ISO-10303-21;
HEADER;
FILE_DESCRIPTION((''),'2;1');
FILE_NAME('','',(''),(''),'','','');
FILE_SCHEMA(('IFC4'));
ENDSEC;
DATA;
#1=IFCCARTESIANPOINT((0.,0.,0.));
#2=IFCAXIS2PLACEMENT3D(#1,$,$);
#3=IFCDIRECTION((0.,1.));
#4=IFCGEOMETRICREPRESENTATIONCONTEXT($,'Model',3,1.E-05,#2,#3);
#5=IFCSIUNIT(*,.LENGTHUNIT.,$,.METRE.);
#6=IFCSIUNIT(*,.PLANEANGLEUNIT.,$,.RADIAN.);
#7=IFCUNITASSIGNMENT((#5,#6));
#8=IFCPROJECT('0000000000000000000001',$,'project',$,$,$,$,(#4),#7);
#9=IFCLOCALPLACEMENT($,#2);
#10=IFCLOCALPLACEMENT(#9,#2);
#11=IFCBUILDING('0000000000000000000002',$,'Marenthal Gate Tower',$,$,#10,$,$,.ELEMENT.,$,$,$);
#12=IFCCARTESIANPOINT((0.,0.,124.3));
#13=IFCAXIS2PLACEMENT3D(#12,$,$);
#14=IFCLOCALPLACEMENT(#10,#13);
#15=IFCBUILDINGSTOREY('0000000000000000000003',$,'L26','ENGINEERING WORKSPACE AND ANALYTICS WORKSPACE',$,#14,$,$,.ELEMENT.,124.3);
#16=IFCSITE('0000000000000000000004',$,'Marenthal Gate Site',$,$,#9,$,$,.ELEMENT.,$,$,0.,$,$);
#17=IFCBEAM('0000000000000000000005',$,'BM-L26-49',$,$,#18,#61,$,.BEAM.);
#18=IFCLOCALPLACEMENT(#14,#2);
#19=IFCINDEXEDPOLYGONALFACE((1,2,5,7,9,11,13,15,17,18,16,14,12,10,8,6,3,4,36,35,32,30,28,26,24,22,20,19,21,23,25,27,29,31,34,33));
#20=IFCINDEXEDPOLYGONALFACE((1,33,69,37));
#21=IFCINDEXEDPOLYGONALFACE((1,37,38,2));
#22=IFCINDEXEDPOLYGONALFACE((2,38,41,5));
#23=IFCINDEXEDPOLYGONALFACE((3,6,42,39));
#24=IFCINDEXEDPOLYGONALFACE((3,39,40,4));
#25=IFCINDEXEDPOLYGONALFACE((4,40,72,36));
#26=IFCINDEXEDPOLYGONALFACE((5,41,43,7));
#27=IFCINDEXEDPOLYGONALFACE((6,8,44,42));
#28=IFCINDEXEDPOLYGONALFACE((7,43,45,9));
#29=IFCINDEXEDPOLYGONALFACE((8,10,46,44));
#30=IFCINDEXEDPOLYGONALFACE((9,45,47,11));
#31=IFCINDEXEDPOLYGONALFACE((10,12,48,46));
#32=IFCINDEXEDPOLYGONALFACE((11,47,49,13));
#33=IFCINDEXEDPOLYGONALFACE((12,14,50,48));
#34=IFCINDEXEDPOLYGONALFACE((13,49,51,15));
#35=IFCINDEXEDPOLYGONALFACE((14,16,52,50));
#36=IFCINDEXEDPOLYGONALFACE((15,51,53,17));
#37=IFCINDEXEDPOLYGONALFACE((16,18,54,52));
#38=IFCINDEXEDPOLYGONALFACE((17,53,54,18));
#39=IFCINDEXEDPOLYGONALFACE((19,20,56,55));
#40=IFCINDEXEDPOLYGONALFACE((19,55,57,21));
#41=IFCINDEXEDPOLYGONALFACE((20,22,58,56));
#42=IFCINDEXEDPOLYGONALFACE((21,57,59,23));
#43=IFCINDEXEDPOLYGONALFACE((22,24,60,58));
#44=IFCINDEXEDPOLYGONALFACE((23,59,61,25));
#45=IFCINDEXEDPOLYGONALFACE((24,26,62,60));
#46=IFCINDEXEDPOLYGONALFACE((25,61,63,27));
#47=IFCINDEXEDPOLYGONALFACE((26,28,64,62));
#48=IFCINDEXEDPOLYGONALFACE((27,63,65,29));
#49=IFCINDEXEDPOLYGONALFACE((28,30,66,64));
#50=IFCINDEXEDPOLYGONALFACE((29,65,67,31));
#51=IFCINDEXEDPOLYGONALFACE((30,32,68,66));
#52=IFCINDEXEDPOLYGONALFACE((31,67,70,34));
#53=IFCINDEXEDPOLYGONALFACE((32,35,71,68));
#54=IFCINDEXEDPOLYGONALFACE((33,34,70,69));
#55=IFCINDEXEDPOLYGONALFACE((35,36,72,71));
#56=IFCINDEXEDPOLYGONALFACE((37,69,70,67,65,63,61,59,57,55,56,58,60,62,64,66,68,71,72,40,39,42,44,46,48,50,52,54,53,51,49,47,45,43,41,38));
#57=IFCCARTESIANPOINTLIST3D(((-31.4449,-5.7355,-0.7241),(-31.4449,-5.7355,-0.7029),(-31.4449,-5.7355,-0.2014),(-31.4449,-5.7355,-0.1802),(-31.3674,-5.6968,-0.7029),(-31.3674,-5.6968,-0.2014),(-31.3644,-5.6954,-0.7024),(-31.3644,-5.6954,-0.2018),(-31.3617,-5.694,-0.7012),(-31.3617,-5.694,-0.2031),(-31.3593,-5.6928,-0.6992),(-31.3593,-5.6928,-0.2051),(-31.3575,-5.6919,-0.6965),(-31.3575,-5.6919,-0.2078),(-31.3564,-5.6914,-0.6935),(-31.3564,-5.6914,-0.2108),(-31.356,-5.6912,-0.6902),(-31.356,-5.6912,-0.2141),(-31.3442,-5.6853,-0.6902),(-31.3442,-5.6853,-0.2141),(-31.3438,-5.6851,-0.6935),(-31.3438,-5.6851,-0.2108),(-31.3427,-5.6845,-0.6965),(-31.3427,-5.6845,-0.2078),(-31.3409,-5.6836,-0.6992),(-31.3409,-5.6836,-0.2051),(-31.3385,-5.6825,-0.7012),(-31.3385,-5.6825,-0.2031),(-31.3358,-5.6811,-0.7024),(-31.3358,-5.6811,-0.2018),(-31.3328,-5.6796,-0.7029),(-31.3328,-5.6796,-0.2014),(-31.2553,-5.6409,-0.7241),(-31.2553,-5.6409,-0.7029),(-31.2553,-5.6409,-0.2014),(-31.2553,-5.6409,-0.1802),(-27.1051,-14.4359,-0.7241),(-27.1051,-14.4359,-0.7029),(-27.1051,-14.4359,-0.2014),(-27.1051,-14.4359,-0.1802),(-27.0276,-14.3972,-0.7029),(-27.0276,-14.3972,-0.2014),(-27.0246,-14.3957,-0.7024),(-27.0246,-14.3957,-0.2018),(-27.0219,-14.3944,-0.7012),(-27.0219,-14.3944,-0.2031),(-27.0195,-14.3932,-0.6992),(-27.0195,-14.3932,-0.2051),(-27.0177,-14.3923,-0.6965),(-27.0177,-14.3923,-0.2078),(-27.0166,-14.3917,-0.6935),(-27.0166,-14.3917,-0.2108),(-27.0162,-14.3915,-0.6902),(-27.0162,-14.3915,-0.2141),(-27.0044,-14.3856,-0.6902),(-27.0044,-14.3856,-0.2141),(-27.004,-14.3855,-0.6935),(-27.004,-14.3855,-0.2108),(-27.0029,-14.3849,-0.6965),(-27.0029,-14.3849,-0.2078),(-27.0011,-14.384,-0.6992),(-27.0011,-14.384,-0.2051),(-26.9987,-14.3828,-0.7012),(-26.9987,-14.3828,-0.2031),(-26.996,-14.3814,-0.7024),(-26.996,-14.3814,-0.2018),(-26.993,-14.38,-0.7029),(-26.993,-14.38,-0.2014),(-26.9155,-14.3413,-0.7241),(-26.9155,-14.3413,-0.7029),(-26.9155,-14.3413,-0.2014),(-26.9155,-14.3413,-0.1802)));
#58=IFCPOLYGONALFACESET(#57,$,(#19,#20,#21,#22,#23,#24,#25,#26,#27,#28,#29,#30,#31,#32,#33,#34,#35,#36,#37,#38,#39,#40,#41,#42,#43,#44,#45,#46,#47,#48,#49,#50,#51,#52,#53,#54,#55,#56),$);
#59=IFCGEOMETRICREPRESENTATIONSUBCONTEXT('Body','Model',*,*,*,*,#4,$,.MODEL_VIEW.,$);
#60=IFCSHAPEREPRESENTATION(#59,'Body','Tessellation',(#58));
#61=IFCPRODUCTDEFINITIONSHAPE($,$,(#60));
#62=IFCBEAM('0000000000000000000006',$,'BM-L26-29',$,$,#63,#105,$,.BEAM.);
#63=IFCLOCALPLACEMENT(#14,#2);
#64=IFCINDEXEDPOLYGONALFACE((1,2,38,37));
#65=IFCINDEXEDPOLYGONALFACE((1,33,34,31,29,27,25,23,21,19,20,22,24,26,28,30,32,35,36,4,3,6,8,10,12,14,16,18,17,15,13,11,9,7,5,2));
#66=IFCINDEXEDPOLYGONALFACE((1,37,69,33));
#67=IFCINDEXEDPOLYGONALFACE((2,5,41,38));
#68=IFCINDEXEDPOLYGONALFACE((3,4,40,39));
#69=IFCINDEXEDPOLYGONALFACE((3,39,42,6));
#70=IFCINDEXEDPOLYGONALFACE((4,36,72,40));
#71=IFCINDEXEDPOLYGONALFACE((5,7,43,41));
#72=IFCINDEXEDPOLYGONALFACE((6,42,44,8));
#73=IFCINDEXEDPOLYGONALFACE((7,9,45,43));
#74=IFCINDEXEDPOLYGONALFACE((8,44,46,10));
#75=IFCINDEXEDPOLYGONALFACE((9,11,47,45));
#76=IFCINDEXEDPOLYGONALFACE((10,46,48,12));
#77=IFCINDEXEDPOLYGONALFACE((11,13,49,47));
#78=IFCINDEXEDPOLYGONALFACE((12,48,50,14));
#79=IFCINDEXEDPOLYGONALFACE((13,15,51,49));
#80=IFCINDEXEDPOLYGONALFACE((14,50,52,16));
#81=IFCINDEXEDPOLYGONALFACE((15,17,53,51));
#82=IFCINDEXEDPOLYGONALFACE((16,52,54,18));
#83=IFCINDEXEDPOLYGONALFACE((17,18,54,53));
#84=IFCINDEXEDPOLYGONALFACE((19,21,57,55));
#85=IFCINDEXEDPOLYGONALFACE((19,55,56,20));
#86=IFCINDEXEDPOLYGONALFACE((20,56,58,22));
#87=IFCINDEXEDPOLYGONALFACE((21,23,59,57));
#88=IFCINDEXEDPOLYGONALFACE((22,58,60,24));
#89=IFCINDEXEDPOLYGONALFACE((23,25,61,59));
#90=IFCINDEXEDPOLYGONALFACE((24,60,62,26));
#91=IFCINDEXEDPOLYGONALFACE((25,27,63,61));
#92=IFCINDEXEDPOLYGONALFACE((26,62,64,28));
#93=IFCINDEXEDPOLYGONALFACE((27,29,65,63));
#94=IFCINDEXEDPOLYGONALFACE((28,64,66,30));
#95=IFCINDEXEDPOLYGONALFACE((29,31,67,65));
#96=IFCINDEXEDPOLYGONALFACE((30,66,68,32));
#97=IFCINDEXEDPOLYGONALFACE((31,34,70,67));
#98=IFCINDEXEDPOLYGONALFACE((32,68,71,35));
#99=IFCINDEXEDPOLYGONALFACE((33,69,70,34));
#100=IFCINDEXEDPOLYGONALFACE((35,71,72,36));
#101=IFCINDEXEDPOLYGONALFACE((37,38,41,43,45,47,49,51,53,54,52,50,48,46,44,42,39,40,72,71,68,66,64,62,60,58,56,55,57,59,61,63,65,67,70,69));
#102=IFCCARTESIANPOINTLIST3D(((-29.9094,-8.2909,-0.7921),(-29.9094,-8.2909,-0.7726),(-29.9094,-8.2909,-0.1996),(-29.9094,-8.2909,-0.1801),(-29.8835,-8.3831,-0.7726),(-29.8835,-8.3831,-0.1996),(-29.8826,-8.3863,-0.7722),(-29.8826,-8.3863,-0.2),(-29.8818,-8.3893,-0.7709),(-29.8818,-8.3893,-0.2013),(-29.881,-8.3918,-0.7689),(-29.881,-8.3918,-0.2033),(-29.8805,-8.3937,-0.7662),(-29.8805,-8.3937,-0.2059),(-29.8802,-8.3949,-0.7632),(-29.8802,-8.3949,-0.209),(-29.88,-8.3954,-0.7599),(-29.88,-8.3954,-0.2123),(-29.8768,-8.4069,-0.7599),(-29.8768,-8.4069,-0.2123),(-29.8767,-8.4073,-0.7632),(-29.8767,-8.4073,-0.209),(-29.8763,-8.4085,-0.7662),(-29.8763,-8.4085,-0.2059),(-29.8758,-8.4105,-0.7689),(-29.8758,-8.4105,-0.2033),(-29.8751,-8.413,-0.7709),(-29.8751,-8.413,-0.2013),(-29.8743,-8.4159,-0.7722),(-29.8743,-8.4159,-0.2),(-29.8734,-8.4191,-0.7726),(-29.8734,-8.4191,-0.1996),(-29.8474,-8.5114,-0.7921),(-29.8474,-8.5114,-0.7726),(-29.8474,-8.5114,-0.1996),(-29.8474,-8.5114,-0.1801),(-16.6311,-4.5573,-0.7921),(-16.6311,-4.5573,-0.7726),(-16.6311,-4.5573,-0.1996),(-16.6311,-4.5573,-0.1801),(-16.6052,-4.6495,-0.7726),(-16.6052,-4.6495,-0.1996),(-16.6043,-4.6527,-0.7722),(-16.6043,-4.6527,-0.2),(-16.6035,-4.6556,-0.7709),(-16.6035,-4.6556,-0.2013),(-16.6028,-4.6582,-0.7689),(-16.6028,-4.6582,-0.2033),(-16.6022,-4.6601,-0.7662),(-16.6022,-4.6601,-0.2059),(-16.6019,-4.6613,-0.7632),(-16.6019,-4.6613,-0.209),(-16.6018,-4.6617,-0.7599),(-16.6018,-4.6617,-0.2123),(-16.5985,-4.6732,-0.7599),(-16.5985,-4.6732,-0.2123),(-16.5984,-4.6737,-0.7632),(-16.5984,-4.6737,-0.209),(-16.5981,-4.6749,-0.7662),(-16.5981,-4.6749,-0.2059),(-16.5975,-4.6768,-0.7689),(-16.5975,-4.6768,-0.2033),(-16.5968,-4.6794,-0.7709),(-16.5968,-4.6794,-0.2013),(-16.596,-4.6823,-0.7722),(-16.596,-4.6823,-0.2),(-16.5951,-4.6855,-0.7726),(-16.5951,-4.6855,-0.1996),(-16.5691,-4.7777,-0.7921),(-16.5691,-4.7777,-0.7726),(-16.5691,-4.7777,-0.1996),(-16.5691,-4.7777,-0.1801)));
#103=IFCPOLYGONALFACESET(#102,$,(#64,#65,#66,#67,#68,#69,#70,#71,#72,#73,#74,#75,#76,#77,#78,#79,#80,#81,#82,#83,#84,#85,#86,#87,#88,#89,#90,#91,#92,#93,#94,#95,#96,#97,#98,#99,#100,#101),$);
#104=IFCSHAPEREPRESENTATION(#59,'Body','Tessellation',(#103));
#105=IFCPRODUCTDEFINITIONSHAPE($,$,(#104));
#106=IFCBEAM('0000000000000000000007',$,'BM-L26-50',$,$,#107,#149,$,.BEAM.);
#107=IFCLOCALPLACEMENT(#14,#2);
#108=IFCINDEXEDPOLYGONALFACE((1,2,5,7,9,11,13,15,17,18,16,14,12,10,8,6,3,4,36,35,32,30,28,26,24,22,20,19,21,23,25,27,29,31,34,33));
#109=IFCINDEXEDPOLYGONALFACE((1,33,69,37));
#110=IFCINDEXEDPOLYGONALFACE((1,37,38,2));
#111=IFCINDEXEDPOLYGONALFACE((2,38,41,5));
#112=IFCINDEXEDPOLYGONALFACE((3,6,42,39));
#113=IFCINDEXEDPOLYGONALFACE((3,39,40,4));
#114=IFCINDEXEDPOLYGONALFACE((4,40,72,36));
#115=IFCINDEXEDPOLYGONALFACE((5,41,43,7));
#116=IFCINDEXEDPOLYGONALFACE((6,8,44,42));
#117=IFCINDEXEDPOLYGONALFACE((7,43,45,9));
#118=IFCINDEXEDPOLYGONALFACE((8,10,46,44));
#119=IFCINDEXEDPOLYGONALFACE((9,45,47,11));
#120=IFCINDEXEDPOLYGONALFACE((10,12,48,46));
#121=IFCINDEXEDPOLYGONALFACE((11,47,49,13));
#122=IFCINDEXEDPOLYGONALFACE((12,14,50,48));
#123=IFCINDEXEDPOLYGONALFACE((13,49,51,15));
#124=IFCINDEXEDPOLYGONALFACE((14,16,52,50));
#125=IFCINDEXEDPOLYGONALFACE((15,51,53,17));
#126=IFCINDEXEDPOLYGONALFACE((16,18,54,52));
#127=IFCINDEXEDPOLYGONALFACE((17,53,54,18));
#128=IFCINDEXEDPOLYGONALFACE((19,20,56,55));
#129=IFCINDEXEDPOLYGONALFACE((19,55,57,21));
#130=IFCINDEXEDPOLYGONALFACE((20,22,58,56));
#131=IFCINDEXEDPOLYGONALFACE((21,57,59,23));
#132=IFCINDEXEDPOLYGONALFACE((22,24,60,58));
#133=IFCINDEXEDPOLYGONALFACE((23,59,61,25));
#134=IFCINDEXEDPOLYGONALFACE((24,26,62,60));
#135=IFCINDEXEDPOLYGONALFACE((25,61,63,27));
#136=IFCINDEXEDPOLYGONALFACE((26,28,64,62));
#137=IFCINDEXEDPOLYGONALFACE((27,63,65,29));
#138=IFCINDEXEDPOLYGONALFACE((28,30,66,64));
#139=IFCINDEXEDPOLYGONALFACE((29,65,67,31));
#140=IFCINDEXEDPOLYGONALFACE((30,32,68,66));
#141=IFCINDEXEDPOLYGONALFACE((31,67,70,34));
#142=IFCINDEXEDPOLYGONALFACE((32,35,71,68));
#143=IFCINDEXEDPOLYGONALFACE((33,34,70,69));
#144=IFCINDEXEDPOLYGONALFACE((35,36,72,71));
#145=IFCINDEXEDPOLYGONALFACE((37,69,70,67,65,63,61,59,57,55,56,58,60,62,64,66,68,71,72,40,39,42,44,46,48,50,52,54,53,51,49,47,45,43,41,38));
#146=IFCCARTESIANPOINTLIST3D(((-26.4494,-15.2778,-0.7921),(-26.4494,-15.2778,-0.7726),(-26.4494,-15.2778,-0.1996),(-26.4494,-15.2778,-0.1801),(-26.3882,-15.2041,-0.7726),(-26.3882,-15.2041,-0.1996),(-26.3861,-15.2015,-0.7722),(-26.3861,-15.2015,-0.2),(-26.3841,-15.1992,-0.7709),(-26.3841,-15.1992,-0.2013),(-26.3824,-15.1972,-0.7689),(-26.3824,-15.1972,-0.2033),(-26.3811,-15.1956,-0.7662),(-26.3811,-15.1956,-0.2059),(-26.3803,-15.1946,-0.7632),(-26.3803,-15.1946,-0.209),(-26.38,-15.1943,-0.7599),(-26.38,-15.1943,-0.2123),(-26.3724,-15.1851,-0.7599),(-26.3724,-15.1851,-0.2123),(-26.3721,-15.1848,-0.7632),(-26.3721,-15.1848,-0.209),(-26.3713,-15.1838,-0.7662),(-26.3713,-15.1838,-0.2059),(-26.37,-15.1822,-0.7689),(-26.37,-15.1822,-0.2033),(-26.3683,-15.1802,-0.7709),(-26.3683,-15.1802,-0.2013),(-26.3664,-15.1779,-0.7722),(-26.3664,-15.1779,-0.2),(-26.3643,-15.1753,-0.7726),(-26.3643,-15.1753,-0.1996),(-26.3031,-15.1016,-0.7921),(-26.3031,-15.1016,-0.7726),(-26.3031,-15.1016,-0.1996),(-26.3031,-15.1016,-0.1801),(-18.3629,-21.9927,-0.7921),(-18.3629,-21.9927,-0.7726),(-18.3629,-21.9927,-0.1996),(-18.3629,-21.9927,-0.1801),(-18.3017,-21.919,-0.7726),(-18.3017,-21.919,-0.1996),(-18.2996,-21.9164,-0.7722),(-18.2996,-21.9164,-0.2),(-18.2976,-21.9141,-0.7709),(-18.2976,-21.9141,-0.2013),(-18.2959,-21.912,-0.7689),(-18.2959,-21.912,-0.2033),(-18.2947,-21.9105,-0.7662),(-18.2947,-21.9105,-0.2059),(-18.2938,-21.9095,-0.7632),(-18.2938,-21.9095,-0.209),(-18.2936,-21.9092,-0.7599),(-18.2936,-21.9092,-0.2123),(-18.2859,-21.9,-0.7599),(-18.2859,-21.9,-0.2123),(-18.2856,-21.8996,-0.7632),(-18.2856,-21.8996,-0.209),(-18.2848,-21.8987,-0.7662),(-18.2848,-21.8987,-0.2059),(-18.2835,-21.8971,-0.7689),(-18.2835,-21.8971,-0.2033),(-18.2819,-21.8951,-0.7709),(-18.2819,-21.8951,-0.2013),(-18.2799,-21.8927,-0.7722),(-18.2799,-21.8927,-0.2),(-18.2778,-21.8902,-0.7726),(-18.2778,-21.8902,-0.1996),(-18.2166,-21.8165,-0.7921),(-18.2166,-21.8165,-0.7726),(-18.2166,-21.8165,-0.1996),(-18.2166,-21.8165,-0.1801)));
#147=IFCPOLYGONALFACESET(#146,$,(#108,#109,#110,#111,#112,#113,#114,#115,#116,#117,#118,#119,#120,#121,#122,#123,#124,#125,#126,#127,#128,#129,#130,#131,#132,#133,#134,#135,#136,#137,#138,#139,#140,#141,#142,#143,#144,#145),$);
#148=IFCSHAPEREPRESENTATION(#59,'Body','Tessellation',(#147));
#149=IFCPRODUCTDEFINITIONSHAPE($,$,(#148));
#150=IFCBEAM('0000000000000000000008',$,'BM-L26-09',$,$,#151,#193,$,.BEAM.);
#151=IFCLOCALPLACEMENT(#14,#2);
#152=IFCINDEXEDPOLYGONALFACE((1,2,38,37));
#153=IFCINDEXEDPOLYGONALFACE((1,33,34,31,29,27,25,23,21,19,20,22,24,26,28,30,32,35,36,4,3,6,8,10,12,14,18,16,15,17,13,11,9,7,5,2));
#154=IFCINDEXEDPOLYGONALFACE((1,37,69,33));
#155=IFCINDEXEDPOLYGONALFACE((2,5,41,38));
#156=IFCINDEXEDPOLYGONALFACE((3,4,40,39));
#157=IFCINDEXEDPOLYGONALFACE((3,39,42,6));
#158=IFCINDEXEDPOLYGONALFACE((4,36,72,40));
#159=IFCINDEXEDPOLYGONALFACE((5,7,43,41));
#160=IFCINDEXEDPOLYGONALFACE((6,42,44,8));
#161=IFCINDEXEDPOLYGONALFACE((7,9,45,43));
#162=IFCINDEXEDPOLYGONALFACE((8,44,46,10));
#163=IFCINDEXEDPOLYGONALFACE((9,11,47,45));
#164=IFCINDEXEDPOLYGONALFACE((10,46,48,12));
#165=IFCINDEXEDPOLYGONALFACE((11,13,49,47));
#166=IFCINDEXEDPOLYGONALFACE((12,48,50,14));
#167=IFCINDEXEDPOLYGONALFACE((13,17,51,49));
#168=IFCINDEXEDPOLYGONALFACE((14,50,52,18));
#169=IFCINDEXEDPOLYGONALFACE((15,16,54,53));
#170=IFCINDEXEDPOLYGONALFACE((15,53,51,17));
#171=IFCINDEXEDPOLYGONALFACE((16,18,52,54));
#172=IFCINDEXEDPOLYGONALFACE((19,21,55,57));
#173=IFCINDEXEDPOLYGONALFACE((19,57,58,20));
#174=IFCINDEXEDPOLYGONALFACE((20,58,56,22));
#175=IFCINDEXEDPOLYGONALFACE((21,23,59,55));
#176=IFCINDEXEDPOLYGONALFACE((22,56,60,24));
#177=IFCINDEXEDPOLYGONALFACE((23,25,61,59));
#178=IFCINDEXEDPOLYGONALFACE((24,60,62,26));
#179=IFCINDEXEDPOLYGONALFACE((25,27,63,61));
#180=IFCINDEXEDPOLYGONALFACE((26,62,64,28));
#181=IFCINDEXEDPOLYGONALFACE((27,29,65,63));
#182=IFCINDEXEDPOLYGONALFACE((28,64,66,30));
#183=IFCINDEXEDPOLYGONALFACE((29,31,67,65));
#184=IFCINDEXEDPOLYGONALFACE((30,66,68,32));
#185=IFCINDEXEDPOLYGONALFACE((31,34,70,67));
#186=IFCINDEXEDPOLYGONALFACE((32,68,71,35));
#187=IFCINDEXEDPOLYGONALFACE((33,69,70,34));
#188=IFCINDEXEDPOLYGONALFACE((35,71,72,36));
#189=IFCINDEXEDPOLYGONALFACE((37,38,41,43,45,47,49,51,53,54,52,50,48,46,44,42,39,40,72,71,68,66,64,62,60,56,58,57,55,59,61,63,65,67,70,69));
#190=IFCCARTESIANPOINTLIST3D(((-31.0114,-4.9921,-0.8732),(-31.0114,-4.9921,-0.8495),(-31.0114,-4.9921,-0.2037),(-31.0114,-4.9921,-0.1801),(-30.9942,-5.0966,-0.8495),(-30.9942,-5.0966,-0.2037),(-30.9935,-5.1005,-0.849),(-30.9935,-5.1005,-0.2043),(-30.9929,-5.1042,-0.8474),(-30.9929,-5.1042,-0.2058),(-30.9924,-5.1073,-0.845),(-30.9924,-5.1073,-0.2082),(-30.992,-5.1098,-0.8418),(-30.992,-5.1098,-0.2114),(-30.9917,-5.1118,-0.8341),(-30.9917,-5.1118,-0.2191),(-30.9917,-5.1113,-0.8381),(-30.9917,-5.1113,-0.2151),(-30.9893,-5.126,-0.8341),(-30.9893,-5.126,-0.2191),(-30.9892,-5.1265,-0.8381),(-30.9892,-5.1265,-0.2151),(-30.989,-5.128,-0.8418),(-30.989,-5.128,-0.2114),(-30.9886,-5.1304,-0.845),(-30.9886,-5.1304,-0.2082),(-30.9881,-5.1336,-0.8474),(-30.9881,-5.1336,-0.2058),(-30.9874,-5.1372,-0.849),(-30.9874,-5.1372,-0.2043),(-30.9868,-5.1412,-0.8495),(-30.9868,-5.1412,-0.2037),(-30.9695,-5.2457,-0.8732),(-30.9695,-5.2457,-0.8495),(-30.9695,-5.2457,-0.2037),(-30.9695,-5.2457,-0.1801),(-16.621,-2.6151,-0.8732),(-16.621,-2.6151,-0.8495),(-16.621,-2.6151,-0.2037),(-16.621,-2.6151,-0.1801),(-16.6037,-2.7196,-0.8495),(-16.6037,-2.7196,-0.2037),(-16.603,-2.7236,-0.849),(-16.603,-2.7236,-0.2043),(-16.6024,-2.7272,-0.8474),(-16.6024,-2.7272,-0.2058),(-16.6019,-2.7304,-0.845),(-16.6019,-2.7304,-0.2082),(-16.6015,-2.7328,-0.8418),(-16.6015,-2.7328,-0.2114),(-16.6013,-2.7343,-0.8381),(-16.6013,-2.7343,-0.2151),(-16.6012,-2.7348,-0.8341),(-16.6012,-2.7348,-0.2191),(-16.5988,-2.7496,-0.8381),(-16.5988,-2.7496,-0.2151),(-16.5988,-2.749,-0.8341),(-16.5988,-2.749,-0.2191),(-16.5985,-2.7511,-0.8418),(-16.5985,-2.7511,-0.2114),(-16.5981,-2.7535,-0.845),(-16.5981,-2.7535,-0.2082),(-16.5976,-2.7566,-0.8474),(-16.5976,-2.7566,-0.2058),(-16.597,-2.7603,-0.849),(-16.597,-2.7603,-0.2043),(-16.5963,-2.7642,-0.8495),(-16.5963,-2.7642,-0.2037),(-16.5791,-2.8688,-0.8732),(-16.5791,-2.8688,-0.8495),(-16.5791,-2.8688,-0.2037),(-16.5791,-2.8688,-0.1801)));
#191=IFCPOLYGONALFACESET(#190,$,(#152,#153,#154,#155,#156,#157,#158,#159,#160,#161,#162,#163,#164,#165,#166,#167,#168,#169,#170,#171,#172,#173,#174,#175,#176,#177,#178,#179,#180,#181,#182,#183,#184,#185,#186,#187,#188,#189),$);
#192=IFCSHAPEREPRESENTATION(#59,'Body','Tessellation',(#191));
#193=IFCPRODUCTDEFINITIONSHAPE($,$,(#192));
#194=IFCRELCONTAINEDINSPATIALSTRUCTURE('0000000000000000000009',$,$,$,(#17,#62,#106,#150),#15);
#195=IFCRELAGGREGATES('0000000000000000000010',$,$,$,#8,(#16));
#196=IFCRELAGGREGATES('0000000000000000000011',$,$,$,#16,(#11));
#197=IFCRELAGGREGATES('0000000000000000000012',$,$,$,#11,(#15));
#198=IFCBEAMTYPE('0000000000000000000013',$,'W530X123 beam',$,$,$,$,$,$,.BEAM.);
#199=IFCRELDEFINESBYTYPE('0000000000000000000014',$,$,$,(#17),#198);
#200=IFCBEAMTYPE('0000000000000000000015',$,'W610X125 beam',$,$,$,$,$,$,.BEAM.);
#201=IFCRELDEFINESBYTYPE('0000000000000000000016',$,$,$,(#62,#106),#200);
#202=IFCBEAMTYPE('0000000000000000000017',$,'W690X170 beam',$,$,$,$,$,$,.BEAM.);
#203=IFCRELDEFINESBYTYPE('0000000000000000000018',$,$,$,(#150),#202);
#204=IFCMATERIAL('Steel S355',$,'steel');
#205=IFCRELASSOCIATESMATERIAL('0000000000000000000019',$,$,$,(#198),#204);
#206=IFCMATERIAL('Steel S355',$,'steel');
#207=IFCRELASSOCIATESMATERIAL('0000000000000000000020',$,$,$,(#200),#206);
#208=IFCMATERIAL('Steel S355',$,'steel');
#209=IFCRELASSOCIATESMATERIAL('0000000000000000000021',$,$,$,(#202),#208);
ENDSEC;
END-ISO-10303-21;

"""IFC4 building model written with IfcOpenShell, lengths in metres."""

from ifc_helpers import new_model, si_unit, direction, frame, origin, origin_2d, place, context, subcontext, project, spatial, i_section, extrude, material, material_profile, profile_set, type_object, element, save


model = new_model("IFC4")

# Units and contexts
model_context = context("Model", 3, precision=1e-05, world=origin(), true_north=direction((0.0, 1.0)))
body_context = subcontext(model_context, "Body", "Model", "MODEL_VIEW")
ifc_project = project(units=[si_unit("LENGTHUNIT", "METRE"), si_unit("PLANEANGLEUNIT", "RADIAN")], contexts=[model_context])

# Site, building, storey
site_placement = place(None, origin())
site = spatial("IfcSite", under=ifc_project, at=site_placement, Name="Marenthal Gate Site", CompositionType="ELEMENT", RefElevation=0.0)
building_placement = place(site_placement, origin())
building = spatial("IfcBuilding", under=site, at=building_placement, Name="Marenthal Gate Tower", CompositionType="ELEMENT")
storey_placement = place(building_placement, frame((0.0, 0.0, 124.3)))
storey = spatial("IfcBuildingStorey", under=building, at=storey_placement, Name="L26", Description="ENGINEERING WORKSPACE AND ANALYTICS WORKSPACE", CompositionType="ELEMENT", Elevation=124.3)

# Beams
ifc_material_1 = material(Name="Steel S355", Category="steel")
ifc_material_profile_1 = material_profile(ifc_material_1, i_section(OverallWidth=0.2119, OverallDepth=0.5439, WebThickness=0.0132, FlangeThickness=0.0212, FilletRadius=0.0127, at=origin_2d()), Name="W530X123")
ifc_profile_set_1 = profile_set([ifc_material_profile_1], Name="Steel S355")
beam_type_1 = type_object("IfcBeamType", Name="W530X123 beam", PredefinedType="BEAM", material=ifc_profile_set_1)
beam_1_placement = place(storey_placement, frame((-31.3501, -5.6882, -0.4521), z_axis=(0.44636, -0.894854, 0.0), x_axis=(0.894854, 0.44636, 0.0)))
element("IfcBeam", 1, at=beam_1_placement, inside=storey, type_object=beam_type_1, Name="BM-L26-49", PredefinedType="BEAM", context=body_context, shape_type="SweptSolid", body=[
    extrude(i_section(OverallWidth=0.2119, OverallDepth=0.5439, WebThickness=0.0132, FlangeThickness=0.0212, FilletRadius=0.0127, at=origin_2d()), origin(), (0.0, 0.0, 1.0), 9.7227),
])
ifc_material_2 = material(Name="Steel S355", Category="steel")
ifc_material_profile_2 = material_profile(ifc_material_2, i_section(OverallWidth=0.229, OverallDepth=0.6121, WebThickness=0.012, FlangeThickness=0.0195, FilletRadius=0.0127, at=origin_2d()), Name="W610X125")
ifc_profile_set_2 = profile_set([ifc_material_profile_2], Name="Steel S355")
beam_type_2 = type_object("IfcBeamType", Name="W610X125 beam", PredefinedType="BEAM", material=ifc_profile_set_2)
beam_2_placement = place(storey_placement, frame((-29.8784, -8.4011, -0.4861), z_axis=(0.962668, 0.270686, 0.0), x_axis=(-0.270686, 0.962668, 0.0)))
element("IfcBeam", 2, at=beam_2_placement, inside=storey, type_object=beam_type_2, Name="BM-L26-29", PredefinedType="BEAM", context=body_context, shape_type="SweptSolid", body=[
    extrude(i_section(OverallWidth=0.229, OverallDepth=0.6121, WebThickness=0.012, FlangeThickness=0.0195, FilletRadius=0.0127, at=origin_2d()), origin(), (0.0, 0.0, 1.0), 13.7932),
])
beam_3_placement = place(storey_placement, frame((-26.3762, -15.1897, -0.4861), z_axis=(0.769336, -0.638845, 0.0), x_axis=(0.638845, 0.769336, 0.0)))
element("IfcBeam", 3, at=beam_3_placement, inside=storey, type_object=beam_type_2, Name="BM-L26-50", PredefinedType="BEAM", context=body_context, shape_type="SweptSolid", body=[
    extrude(i_section(OverallWidth=0.229, OverallDepth=0.6121, WebThickness=0.012, FlangeThickness=0.0195, FilletRadius=0.0127, at=origin_2d()), origin(), (0.0, 0.0, 1.0), 10.511),
])
ifc_material_3 = material(Name="Steel S355", Category="steel")
ifc_material_profile_3 = material_profile(ifc_material_3, i_section(OverallWidth=0.2571, OverallDepth=0.6931, WebThickness=0.0144, FlangeThickness=0.0237, FilletRadius=0.0154, at=origin_2d()), Name="W690X170")
ifc_profile_set_3 = profile_set([ifc_material_profile_3], Name="Steel S355")
beam_type_3 = type_object("IfcBeamType", Name="W690X170 beam", PredefinedType="BEAM", material=ifc_profile_set_3)
beam_4_placement = place(storey_placement, frame((-30.9905, -5.1189, -0.5266), z_axis=(0.986631, 0.162968, 0.0), x_axis=(-0.162968, 0.986631, 0.0)))
element("IfcBeam", 4, at=beam_4_placement, inside=storey, type_object=beam_type_3, Name="BM-L26-09", PredefinedType="BEAM", context=body_context, shape_type="SweptSolid", body=[
    extrude(i_section(OverallWidth=0.2571, OverallDepth=0.6931, WebThickness=0.0144, FlangeThickness=0.0237, FilletRadius=0.0154, at=origin_2d()), origin(), (0.0, 0.0, 1.0), 14.5854),
])

save(model, "model.ifc")
